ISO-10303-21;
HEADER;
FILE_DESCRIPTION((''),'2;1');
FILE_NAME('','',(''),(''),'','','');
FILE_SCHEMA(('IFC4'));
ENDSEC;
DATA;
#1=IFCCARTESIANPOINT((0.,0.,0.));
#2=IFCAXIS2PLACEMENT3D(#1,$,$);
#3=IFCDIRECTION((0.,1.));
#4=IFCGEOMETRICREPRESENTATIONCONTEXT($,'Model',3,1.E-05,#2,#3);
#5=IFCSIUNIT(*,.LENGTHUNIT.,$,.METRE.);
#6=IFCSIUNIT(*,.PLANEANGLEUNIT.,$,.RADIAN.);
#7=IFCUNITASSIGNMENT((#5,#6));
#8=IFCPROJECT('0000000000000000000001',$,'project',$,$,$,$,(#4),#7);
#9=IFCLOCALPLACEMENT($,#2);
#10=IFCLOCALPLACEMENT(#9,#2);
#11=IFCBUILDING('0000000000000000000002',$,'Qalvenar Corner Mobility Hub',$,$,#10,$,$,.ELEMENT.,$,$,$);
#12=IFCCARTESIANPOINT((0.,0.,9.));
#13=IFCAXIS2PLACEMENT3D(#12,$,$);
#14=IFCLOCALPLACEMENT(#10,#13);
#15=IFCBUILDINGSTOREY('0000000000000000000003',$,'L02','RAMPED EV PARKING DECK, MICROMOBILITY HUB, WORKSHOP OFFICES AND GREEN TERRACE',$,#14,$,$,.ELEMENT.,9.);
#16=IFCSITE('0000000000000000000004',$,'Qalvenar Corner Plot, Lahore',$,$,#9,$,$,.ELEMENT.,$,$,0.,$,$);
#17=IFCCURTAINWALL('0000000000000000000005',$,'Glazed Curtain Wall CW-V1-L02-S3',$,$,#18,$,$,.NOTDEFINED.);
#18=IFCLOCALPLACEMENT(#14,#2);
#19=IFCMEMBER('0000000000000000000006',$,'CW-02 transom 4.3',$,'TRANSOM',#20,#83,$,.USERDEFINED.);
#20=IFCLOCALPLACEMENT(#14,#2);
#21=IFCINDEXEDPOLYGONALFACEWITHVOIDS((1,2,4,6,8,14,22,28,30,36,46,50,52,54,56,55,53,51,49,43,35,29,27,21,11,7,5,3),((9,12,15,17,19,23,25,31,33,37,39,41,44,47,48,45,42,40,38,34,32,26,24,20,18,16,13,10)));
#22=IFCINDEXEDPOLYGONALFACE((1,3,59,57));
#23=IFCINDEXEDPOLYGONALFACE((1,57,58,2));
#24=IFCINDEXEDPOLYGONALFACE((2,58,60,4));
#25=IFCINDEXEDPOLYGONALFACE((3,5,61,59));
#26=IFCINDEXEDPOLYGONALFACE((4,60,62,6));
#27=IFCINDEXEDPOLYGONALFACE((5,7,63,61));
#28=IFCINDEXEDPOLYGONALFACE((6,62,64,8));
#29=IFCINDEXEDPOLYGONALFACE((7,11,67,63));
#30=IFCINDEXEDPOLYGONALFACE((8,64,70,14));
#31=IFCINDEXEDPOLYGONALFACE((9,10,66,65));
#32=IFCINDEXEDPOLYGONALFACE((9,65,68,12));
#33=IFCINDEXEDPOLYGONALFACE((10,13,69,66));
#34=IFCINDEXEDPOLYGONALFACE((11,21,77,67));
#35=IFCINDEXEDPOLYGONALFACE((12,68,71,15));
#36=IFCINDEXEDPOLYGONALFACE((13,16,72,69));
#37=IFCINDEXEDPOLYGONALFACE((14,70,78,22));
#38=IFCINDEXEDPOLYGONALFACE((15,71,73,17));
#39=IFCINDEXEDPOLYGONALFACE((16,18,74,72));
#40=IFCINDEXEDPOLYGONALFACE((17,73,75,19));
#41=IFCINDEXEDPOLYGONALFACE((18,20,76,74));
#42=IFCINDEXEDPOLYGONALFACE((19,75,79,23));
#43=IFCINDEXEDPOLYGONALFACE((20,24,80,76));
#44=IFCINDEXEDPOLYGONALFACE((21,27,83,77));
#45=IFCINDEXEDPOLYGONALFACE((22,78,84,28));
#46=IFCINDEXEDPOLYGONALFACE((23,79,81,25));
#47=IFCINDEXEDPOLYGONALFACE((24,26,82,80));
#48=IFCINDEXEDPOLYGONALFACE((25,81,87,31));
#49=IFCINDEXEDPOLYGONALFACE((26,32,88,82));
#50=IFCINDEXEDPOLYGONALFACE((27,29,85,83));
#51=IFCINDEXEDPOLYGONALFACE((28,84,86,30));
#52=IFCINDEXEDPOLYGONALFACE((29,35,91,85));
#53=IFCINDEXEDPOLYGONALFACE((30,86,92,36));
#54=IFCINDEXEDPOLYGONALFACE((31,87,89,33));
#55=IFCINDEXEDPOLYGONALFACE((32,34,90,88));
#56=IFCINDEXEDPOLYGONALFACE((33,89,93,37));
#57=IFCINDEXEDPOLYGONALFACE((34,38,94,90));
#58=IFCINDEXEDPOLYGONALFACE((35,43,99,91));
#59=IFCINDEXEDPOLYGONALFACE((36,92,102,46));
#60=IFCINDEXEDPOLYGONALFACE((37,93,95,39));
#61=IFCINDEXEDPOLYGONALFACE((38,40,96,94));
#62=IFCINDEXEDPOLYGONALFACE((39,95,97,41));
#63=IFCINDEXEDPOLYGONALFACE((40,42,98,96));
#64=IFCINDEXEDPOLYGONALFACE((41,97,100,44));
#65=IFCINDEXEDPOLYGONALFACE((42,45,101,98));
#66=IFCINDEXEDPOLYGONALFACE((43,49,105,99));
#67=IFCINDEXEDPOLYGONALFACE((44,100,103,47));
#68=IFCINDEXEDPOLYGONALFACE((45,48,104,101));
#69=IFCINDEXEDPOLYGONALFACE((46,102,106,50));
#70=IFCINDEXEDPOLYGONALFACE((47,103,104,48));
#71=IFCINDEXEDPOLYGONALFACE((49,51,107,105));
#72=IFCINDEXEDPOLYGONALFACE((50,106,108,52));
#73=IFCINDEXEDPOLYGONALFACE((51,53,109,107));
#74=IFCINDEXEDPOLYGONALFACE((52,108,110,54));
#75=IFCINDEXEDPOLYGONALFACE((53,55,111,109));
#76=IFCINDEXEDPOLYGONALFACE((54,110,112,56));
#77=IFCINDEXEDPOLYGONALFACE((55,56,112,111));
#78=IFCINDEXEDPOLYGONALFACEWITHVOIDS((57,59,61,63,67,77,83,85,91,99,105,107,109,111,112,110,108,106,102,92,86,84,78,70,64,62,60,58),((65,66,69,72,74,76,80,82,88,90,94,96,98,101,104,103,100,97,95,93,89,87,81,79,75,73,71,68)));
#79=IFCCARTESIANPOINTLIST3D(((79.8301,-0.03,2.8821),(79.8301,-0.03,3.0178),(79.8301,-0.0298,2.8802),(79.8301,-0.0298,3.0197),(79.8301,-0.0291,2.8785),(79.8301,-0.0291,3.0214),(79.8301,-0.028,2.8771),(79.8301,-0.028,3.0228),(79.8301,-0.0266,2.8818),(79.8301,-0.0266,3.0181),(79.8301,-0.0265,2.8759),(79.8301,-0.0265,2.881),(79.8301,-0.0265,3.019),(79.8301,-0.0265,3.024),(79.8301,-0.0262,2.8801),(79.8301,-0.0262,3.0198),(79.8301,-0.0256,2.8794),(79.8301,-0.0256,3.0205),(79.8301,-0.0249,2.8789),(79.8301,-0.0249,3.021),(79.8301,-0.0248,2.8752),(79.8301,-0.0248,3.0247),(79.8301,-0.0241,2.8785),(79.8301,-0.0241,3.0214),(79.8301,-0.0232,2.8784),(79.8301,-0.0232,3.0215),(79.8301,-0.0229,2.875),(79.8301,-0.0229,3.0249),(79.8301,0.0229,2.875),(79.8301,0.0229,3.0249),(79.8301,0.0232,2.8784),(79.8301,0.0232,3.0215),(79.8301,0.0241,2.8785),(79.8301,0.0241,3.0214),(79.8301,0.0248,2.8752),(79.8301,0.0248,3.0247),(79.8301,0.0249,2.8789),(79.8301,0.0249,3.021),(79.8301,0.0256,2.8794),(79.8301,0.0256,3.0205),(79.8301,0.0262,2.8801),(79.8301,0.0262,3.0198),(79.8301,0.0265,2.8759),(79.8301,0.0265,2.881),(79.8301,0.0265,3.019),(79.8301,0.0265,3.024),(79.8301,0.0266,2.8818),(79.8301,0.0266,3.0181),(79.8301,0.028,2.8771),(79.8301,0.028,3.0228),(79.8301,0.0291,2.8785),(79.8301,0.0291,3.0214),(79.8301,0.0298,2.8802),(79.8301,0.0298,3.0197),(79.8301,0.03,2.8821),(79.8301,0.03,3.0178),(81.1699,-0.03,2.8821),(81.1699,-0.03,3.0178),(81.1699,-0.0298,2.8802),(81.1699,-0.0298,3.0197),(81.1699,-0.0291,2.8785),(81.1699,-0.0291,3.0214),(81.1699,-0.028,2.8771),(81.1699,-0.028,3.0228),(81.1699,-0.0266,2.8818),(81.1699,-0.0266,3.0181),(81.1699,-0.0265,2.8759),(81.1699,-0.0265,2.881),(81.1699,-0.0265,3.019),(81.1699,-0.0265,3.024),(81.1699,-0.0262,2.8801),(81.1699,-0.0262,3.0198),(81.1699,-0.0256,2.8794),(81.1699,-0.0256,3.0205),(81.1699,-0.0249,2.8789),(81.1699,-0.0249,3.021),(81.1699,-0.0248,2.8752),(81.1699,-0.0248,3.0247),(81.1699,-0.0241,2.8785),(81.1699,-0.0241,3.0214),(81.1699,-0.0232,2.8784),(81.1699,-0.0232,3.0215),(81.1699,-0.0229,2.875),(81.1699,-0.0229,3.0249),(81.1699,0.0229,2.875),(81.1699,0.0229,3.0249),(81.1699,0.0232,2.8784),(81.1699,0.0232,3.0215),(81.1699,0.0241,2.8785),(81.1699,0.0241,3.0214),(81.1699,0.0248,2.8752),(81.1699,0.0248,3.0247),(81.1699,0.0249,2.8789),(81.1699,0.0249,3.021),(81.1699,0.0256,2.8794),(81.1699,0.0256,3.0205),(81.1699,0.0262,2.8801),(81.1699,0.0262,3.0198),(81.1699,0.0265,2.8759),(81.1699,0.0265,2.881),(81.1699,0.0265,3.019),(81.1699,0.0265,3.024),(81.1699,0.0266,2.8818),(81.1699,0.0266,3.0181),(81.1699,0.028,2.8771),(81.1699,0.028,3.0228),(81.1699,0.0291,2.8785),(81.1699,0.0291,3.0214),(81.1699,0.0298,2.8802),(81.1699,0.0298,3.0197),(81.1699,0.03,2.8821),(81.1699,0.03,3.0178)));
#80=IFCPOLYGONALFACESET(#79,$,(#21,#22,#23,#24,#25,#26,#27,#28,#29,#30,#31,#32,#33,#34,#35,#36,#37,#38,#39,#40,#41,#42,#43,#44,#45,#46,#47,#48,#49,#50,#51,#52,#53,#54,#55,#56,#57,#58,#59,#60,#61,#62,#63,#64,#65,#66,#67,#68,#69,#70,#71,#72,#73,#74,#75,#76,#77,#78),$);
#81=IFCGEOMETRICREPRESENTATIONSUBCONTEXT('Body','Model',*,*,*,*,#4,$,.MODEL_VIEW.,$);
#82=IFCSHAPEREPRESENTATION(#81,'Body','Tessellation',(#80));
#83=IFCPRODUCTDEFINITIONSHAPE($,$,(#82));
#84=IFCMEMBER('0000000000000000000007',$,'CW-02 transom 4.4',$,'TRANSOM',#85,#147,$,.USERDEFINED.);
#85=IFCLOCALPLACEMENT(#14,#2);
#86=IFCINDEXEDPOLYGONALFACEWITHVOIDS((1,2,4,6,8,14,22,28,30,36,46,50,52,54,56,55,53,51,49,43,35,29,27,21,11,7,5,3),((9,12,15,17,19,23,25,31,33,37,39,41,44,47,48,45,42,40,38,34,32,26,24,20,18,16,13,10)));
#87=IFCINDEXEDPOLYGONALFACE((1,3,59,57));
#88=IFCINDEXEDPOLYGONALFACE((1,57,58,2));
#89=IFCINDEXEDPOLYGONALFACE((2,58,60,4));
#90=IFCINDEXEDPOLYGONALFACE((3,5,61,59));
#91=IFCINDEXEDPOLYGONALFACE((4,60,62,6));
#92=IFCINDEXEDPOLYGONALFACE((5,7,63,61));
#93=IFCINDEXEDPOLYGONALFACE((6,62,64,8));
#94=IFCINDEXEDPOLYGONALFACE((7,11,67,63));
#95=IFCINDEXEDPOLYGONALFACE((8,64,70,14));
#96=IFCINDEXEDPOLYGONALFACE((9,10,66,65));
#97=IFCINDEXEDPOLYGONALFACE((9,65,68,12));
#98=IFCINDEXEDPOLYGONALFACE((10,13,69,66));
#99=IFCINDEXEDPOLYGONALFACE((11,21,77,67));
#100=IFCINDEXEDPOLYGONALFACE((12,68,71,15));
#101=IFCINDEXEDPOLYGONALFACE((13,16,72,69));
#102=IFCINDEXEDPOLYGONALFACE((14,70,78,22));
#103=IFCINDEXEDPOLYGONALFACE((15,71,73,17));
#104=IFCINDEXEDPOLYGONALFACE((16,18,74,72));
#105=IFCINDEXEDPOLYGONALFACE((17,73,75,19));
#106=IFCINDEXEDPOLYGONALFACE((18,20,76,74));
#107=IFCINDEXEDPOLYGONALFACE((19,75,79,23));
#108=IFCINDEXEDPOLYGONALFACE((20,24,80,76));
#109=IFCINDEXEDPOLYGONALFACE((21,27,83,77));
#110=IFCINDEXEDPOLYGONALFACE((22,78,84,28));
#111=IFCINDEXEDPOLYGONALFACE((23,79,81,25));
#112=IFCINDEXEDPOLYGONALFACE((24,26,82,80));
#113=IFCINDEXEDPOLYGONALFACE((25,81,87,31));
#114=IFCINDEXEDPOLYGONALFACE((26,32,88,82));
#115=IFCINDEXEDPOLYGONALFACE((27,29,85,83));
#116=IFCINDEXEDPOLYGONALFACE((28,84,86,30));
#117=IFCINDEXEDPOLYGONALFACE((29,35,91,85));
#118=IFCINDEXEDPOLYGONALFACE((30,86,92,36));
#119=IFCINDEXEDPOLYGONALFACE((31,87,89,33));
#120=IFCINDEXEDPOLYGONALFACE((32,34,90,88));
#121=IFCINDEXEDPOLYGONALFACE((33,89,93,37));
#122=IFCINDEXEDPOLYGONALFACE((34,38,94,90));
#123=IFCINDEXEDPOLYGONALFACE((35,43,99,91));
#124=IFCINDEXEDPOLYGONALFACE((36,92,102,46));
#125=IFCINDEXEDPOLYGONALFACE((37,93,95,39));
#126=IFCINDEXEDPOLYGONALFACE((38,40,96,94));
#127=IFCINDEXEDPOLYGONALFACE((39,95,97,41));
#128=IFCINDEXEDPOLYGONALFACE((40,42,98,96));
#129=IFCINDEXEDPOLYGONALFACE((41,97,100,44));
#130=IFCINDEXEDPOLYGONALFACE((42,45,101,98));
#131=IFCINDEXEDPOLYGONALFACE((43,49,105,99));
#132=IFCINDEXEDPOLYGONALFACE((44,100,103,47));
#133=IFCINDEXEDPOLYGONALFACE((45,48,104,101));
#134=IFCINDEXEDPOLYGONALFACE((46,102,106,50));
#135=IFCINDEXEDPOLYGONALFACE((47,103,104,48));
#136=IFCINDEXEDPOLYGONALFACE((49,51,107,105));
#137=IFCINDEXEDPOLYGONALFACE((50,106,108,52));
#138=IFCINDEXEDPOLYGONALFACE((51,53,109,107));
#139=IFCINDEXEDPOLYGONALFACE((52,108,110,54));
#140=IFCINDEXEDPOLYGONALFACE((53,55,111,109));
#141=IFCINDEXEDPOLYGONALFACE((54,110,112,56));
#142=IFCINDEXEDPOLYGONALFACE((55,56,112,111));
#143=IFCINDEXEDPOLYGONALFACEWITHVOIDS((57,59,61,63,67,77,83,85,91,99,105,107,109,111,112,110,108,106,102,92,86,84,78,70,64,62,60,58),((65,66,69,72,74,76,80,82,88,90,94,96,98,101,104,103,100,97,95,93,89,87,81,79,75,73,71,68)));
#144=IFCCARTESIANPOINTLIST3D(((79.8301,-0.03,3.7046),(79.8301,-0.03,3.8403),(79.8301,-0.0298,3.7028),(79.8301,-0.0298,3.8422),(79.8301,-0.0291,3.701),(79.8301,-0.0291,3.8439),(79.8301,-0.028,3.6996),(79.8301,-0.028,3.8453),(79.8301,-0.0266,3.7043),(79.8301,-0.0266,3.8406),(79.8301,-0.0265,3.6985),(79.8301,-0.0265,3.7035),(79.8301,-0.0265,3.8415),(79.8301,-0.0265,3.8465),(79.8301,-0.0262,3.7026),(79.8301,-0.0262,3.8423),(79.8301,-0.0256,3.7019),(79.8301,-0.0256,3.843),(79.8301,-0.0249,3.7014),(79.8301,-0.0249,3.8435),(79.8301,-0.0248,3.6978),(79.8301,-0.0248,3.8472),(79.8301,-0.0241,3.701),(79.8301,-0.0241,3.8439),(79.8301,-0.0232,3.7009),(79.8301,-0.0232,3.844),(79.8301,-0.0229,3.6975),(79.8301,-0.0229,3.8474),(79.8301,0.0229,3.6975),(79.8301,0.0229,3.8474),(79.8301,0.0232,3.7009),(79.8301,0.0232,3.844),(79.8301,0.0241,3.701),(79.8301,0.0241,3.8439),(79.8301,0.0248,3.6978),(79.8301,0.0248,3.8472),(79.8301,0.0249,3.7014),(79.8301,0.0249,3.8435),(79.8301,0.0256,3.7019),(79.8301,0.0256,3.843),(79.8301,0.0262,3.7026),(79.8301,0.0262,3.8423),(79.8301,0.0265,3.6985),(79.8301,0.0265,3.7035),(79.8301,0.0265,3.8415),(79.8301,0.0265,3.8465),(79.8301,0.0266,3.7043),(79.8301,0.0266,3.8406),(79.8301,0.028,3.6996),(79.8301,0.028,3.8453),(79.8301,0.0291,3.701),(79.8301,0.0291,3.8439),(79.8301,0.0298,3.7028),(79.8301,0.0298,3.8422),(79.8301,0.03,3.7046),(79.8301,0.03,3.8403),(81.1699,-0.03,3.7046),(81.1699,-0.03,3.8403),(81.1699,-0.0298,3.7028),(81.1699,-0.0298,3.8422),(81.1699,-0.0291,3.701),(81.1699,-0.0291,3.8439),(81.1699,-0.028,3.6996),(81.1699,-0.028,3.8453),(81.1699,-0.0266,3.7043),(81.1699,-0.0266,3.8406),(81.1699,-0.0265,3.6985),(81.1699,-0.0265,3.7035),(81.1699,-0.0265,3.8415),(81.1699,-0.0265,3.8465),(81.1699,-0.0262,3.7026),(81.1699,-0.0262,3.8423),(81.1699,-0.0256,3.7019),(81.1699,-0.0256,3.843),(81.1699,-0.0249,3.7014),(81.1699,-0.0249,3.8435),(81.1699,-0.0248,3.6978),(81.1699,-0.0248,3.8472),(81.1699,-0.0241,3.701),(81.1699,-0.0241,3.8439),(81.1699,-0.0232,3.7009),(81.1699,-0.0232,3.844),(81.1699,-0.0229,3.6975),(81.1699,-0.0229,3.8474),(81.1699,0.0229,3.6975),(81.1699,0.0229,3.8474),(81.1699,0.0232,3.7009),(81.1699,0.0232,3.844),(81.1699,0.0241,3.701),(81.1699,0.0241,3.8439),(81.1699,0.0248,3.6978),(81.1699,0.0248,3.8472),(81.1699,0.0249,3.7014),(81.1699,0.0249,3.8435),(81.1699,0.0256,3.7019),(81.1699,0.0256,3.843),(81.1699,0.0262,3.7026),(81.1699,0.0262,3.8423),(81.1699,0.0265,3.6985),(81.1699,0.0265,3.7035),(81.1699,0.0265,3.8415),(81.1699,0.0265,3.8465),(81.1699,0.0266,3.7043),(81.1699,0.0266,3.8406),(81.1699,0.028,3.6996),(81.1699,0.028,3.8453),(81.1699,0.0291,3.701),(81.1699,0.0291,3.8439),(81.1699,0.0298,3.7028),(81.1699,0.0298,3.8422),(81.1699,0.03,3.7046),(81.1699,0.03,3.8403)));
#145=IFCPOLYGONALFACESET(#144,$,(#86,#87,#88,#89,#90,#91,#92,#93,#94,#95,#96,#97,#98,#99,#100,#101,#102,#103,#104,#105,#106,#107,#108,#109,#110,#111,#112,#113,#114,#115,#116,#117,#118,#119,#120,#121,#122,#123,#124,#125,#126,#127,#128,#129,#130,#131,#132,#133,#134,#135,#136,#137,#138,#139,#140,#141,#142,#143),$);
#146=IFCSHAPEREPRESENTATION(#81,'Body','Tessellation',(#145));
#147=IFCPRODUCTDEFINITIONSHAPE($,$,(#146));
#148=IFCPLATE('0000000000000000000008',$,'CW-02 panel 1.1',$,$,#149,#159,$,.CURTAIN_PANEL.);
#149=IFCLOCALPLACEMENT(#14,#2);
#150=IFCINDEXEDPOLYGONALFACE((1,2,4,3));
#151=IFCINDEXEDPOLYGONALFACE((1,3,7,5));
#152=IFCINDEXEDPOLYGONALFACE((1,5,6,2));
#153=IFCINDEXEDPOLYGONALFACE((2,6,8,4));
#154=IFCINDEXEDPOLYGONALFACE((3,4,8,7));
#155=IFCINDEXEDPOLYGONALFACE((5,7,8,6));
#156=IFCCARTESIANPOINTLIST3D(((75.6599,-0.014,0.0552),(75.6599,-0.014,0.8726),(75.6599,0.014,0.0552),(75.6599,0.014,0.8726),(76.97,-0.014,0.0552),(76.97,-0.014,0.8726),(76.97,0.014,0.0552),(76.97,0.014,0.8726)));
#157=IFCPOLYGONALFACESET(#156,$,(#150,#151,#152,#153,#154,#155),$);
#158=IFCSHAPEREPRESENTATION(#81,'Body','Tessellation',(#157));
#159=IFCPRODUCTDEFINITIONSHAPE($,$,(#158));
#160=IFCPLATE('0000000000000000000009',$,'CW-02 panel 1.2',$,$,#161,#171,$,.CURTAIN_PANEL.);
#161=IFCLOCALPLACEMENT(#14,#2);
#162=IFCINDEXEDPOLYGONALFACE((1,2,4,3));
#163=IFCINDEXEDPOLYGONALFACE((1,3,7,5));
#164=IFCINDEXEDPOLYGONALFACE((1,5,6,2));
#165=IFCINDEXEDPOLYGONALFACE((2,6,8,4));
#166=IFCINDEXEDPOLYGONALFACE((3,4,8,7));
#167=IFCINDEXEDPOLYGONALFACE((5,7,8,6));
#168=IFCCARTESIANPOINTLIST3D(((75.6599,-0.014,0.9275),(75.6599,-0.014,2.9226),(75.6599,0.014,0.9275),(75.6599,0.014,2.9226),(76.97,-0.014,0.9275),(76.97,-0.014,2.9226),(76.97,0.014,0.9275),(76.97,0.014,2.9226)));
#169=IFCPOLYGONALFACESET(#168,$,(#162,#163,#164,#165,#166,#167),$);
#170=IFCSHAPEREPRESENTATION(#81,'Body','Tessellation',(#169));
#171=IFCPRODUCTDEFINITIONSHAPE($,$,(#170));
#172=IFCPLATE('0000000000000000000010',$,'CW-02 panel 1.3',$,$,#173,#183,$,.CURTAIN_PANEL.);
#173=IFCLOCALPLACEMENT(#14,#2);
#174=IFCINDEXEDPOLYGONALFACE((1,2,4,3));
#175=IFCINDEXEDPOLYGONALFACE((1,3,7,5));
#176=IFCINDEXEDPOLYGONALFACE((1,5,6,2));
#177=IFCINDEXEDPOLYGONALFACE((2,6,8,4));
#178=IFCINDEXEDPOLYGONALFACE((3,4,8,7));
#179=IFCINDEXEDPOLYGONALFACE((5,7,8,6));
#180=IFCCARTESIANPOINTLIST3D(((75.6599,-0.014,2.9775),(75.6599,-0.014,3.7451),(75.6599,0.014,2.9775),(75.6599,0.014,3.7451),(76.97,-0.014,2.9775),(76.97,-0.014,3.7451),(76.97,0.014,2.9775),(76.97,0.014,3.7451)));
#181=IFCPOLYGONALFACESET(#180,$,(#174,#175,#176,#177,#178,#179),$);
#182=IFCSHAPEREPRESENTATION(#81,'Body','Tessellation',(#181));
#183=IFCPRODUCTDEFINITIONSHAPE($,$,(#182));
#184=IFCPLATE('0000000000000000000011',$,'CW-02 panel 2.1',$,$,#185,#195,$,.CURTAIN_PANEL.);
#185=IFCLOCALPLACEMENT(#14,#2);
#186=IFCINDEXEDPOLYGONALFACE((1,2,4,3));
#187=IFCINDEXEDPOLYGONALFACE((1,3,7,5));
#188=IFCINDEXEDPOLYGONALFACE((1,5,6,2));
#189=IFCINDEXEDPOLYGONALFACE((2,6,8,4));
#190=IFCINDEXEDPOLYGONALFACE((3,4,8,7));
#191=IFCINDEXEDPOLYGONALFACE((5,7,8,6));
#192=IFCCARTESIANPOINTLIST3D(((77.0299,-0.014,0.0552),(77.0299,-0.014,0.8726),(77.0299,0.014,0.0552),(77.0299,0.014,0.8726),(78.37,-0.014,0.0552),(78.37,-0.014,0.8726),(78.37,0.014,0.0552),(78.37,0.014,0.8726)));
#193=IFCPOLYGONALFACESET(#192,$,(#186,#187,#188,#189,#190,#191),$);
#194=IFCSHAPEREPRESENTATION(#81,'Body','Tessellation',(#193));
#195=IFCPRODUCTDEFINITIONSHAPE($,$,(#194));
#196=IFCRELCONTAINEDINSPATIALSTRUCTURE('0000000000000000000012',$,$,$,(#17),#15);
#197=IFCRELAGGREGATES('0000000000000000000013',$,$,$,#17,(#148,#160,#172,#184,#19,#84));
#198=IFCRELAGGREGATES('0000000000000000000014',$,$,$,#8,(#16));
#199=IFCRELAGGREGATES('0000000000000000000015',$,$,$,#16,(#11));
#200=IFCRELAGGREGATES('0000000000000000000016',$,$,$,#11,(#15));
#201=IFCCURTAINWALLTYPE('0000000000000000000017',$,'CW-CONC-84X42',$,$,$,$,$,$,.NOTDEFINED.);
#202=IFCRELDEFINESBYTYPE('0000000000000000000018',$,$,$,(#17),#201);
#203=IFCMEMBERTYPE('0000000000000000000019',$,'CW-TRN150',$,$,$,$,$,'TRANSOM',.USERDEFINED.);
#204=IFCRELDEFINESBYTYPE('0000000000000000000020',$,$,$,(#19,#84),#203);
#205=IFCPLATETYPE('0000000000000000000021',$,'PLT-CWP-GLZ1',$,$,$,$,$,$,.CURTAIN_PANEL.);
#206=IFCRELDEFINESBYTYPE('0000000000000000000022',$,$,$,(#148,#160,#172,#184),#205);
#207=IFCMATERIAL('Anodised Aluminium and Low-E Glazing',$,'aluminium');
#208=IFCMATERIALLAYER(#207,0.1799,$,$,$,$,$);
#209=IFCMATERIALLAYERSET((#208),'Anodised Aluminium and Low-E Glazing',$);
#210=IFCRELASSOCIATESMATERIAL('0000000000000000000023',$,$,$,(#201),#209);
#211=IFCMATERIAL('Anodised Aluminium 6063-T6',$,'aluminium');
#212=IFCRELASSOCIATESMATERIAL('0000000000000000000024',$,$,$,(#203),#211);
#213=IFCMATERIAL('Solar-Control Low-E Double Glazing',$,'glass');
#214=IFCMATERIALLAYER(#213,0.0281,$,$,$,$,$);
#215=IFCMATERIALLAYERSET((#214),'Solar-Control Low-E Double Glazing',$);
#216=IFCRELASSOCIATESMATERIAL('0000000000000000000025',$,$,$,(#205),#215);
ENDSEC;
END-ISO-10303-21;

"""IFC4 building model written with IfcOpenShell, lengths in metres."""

from ifc_helpers import new_model, si_unit, direction, frame, origin, origin_2d, place, context, subcontext, project, spatial, rectangle, hollow_rectangle, extrude, material, layer, layer_set, material_profile, profile_set, type_object, element, aggregate, save


model = new_model("IFC4")

# Units and contexts
model_context = context("Model", 3, precision=1e-05, world=origin(), true_north=direction((0.0, 1.0)))
body_context = subcontext(model_context, "Body", "Model", "MODEL_VIEW")
ifc_project = project(units=[si_unit("LENGTHUNIT", "METRE"), si_unit("PLANEANGLEUNIT", "RADIAN")], contexts=[model_context])

# Site, building, storey
site_placement = place(None, origin())
site = spatial("IfcSite", under=ifc_project, at=site_placement, Name="Qalvenar Corner Plot, Lahore", CompositionType="ELEMENT", RefElevation=0.0)
building_placement = place(site_placement, origin())
building = spatial("IfcBuilding", under=site, at=building_placement, Name="Qalvenar Corner Mobility Hub", CompositionType="ELEMENT")
storey_placement = place(building_placement, frame((0.0, 0.0, 9.0)))
storey = spatial("IfcBuildingStorey", under=building, at=storey_placement, Name="L02", Description="RAMPED EV PARKING DECK, MICROMOBILITY HUB, WORKSHOP OFFICES AND GREEN TERRACE", CompositionType="ELEMENT", Elevation=9.0)

# Curtain wall, members, plates
ifc_material_1 = material(Name="Anodised Aluminium and Low-E Glazing", Category="aluminium")
ifc_layer_1 = layer(ifc_material_1, 0.1799)
ifc_layer_set_1 = layer_set([ifc_layer_1], Name="Anodised Aluminium and Low-E Glazing")
curtain_wall_type = type_object("IfcCurtainWallType", Name="CW-CONC-84X42", PredefinedType="NOTDEFINED", material=ifc_layer_set_1)
curtain_wall_placement = place(storey_placement, origin())
curtain_wall = element("IfcCurtainWall", 1, at=curtain_wall_placement, inside=storey, type_object=curtain_wall_type, Name="Glazed Curtain Wall CW-V1-L02-S3", PredefinedType="NOTDEFINED")
ifc_material_2 = material(Name="Anodised Aluminium 6063-T6", Category="aluminium")
ifc_material_profile_1 = material_profile(ifc_material_2, hollow_rectangle(XDim=0.0601, YDim=0.1499, WallThickness=0.0034, InnerFilletRadius=0.0034, OuterFilletRadius=0.0071, at=origin_2d()), Name="RHS150x60x3.5")
ifc_profile_set_1 = profile_set([ifc_material_profile_1], Name="Anodised Aluminium 6063-T6")
member_type_1 = type_object("IfcMemberType", Name="CW-TRN150", ElementType="TRANSOM", PredefinedType="USERDEFINED", material=ifc_profile_set_1)
member_1_placement = place(storey_placement, frame((79.8301, 0.0, 2.95), z_axis=(1.0, 0.0, 0.0), x_axis=(0.0, 1.0, 0.0)))
member_1 = element("IfcMember", 2, at=member_1_placement, type_object=member_type_1, Name="CW-02 transom 4.3", ObjectType="TRANSOM", PredefinedType="USERDEFINED", context=body_context, shape_type="SweptSolid", body=[
    extrude(hollow_rectangle(XDim=0.0601, YDim=0.1499, WallThickness=0.0034, InnerFilletRadius=0.0034, OuterFilletRadius=0.0071, at=origin_2d()), origin(), (0.0, 0.0, 1.0), 1.3398),
])
member_2_placement = place(storey_placement, frame((79.8301, 0.0, 3.7725), z_axis=(1.0, 0.0, 0.0), x_axis=(0.0, 1.0, 0.0)))
member_2 = element("IfcMember", 3, at=member_2_placement, type_object=member_type_1, Name="CW-02 transom 4.4", ObjectType="TRANSOM", PredefinedType="USERDEFINED", context=body_context, shape_type="SweptSolid", body=[
    extrude(hollow_rectangle(XDim=0.0601, YDim=0.1499, WallThickness=0.0034, InnerFilletRadius=0.0034, OuterFilletRadius=0.0071, at=origin_2d()), origin(), (0.0, 0.0, 1.0), 1.3398),
])
ifc_material_3 = material(Name="Solar-Control Low-E Double Glazing", Category="glass")
ifc_layer_2 = layer(ifc_material_3, 0.0281)
ifc_layer_set_2 = layer_set([ifc_layer_2], Name="Solar-Control Low-E Double Glazing")
plate_type = type_object("IfcPlateType", Name="PLT-CWP-GLZ1", PredefinedType="CURTAIN_PANEL", material=ifc_layer_set_2)
plate_1_placement = place(storey_placement, frame((76.3149, 0.0, 0.0552), z_axis=(0.0, 0.0, 1.0), x_axis=(1.0, 0.0, 0.0)))
plate_1 = element("IfcPlate", 4, at=plate_1_placement, type_object=plate_type, Name="CW-02 panel 1.1", PredefinedType="CURTAIN_PANEL", context=body_context, shape_type="SweptSolid", body=[
    extrude(rectangle(XDim=1.3101, YDim=0.0281, at=origin_2d()), origin(), (0.0, 0.0, 1.0), 0.8174),
])
plate_2_placement = place(storey_placement, frame((76.3149, 0.0, 0.9275), z_axis=(0.0, 0.0, 1.0), x_axis=(1.0, 0.0, 0.0)))
plate_2 = element("IfcPlate", 5, at=plate_2_placement, type_object=plate_type, Name="CW-02 panel 1.2", PredefinedType="CURTAIN_PANEL", context=body_context, shape_type="SweptSolid", body=[
    extrude(rectangle(XDim=1.3101, YDim=0.0281, at=origin_2d()), origin(), (0.0, 0.0, 1.0), 1.9951),
])
plate_3_placement = place(storey_placement, frame((76.3149, 0.0, 2.9775), z_axis=(0.0, 0.0, 1.0), x_axis=(1.0, 0.0, 0.0)))
plate_3 = element("IfcPlate", 6, at=plate_3_placement, type_object=plate_type, Name="CW-02 panel 1.3", PredefinedType="CURTAIN_PANEL", context=body_context, shape_type="SweptSolid", body=[
    extrude(rectangle(XDim=1.3101, YDim=0.0281, at=origin_2d()), origin(), (0.0, 0.0, 1.0), 0.7676),
])
plate_4_placement = place(storey_placement, frame((77.7, 0.0, 0.0552), z_axis=(0.0, 0.0, 1.0), x_axis=(1.0, 0.0, 0.0)))
plate_4 = element("IfcPlate", 7, at=plate_4_placement, type_object=plate_type, Name="CW-02 panel 2.1", PredefinedType="CURTAIN_PANEL", context=body_context, shape_type="SweptSolid", body=[
    extrude(rectangle(XDim=1.3401, YDim=0.0281, at=origin_2d()), origin(), (0.0, 0.0, 1.0), 0.8174),
])
aggregate(curtain_wall, [plate_1, plate_2, plate_3, plate_4, member_1, member_2])

save(model, "model.ifc")
